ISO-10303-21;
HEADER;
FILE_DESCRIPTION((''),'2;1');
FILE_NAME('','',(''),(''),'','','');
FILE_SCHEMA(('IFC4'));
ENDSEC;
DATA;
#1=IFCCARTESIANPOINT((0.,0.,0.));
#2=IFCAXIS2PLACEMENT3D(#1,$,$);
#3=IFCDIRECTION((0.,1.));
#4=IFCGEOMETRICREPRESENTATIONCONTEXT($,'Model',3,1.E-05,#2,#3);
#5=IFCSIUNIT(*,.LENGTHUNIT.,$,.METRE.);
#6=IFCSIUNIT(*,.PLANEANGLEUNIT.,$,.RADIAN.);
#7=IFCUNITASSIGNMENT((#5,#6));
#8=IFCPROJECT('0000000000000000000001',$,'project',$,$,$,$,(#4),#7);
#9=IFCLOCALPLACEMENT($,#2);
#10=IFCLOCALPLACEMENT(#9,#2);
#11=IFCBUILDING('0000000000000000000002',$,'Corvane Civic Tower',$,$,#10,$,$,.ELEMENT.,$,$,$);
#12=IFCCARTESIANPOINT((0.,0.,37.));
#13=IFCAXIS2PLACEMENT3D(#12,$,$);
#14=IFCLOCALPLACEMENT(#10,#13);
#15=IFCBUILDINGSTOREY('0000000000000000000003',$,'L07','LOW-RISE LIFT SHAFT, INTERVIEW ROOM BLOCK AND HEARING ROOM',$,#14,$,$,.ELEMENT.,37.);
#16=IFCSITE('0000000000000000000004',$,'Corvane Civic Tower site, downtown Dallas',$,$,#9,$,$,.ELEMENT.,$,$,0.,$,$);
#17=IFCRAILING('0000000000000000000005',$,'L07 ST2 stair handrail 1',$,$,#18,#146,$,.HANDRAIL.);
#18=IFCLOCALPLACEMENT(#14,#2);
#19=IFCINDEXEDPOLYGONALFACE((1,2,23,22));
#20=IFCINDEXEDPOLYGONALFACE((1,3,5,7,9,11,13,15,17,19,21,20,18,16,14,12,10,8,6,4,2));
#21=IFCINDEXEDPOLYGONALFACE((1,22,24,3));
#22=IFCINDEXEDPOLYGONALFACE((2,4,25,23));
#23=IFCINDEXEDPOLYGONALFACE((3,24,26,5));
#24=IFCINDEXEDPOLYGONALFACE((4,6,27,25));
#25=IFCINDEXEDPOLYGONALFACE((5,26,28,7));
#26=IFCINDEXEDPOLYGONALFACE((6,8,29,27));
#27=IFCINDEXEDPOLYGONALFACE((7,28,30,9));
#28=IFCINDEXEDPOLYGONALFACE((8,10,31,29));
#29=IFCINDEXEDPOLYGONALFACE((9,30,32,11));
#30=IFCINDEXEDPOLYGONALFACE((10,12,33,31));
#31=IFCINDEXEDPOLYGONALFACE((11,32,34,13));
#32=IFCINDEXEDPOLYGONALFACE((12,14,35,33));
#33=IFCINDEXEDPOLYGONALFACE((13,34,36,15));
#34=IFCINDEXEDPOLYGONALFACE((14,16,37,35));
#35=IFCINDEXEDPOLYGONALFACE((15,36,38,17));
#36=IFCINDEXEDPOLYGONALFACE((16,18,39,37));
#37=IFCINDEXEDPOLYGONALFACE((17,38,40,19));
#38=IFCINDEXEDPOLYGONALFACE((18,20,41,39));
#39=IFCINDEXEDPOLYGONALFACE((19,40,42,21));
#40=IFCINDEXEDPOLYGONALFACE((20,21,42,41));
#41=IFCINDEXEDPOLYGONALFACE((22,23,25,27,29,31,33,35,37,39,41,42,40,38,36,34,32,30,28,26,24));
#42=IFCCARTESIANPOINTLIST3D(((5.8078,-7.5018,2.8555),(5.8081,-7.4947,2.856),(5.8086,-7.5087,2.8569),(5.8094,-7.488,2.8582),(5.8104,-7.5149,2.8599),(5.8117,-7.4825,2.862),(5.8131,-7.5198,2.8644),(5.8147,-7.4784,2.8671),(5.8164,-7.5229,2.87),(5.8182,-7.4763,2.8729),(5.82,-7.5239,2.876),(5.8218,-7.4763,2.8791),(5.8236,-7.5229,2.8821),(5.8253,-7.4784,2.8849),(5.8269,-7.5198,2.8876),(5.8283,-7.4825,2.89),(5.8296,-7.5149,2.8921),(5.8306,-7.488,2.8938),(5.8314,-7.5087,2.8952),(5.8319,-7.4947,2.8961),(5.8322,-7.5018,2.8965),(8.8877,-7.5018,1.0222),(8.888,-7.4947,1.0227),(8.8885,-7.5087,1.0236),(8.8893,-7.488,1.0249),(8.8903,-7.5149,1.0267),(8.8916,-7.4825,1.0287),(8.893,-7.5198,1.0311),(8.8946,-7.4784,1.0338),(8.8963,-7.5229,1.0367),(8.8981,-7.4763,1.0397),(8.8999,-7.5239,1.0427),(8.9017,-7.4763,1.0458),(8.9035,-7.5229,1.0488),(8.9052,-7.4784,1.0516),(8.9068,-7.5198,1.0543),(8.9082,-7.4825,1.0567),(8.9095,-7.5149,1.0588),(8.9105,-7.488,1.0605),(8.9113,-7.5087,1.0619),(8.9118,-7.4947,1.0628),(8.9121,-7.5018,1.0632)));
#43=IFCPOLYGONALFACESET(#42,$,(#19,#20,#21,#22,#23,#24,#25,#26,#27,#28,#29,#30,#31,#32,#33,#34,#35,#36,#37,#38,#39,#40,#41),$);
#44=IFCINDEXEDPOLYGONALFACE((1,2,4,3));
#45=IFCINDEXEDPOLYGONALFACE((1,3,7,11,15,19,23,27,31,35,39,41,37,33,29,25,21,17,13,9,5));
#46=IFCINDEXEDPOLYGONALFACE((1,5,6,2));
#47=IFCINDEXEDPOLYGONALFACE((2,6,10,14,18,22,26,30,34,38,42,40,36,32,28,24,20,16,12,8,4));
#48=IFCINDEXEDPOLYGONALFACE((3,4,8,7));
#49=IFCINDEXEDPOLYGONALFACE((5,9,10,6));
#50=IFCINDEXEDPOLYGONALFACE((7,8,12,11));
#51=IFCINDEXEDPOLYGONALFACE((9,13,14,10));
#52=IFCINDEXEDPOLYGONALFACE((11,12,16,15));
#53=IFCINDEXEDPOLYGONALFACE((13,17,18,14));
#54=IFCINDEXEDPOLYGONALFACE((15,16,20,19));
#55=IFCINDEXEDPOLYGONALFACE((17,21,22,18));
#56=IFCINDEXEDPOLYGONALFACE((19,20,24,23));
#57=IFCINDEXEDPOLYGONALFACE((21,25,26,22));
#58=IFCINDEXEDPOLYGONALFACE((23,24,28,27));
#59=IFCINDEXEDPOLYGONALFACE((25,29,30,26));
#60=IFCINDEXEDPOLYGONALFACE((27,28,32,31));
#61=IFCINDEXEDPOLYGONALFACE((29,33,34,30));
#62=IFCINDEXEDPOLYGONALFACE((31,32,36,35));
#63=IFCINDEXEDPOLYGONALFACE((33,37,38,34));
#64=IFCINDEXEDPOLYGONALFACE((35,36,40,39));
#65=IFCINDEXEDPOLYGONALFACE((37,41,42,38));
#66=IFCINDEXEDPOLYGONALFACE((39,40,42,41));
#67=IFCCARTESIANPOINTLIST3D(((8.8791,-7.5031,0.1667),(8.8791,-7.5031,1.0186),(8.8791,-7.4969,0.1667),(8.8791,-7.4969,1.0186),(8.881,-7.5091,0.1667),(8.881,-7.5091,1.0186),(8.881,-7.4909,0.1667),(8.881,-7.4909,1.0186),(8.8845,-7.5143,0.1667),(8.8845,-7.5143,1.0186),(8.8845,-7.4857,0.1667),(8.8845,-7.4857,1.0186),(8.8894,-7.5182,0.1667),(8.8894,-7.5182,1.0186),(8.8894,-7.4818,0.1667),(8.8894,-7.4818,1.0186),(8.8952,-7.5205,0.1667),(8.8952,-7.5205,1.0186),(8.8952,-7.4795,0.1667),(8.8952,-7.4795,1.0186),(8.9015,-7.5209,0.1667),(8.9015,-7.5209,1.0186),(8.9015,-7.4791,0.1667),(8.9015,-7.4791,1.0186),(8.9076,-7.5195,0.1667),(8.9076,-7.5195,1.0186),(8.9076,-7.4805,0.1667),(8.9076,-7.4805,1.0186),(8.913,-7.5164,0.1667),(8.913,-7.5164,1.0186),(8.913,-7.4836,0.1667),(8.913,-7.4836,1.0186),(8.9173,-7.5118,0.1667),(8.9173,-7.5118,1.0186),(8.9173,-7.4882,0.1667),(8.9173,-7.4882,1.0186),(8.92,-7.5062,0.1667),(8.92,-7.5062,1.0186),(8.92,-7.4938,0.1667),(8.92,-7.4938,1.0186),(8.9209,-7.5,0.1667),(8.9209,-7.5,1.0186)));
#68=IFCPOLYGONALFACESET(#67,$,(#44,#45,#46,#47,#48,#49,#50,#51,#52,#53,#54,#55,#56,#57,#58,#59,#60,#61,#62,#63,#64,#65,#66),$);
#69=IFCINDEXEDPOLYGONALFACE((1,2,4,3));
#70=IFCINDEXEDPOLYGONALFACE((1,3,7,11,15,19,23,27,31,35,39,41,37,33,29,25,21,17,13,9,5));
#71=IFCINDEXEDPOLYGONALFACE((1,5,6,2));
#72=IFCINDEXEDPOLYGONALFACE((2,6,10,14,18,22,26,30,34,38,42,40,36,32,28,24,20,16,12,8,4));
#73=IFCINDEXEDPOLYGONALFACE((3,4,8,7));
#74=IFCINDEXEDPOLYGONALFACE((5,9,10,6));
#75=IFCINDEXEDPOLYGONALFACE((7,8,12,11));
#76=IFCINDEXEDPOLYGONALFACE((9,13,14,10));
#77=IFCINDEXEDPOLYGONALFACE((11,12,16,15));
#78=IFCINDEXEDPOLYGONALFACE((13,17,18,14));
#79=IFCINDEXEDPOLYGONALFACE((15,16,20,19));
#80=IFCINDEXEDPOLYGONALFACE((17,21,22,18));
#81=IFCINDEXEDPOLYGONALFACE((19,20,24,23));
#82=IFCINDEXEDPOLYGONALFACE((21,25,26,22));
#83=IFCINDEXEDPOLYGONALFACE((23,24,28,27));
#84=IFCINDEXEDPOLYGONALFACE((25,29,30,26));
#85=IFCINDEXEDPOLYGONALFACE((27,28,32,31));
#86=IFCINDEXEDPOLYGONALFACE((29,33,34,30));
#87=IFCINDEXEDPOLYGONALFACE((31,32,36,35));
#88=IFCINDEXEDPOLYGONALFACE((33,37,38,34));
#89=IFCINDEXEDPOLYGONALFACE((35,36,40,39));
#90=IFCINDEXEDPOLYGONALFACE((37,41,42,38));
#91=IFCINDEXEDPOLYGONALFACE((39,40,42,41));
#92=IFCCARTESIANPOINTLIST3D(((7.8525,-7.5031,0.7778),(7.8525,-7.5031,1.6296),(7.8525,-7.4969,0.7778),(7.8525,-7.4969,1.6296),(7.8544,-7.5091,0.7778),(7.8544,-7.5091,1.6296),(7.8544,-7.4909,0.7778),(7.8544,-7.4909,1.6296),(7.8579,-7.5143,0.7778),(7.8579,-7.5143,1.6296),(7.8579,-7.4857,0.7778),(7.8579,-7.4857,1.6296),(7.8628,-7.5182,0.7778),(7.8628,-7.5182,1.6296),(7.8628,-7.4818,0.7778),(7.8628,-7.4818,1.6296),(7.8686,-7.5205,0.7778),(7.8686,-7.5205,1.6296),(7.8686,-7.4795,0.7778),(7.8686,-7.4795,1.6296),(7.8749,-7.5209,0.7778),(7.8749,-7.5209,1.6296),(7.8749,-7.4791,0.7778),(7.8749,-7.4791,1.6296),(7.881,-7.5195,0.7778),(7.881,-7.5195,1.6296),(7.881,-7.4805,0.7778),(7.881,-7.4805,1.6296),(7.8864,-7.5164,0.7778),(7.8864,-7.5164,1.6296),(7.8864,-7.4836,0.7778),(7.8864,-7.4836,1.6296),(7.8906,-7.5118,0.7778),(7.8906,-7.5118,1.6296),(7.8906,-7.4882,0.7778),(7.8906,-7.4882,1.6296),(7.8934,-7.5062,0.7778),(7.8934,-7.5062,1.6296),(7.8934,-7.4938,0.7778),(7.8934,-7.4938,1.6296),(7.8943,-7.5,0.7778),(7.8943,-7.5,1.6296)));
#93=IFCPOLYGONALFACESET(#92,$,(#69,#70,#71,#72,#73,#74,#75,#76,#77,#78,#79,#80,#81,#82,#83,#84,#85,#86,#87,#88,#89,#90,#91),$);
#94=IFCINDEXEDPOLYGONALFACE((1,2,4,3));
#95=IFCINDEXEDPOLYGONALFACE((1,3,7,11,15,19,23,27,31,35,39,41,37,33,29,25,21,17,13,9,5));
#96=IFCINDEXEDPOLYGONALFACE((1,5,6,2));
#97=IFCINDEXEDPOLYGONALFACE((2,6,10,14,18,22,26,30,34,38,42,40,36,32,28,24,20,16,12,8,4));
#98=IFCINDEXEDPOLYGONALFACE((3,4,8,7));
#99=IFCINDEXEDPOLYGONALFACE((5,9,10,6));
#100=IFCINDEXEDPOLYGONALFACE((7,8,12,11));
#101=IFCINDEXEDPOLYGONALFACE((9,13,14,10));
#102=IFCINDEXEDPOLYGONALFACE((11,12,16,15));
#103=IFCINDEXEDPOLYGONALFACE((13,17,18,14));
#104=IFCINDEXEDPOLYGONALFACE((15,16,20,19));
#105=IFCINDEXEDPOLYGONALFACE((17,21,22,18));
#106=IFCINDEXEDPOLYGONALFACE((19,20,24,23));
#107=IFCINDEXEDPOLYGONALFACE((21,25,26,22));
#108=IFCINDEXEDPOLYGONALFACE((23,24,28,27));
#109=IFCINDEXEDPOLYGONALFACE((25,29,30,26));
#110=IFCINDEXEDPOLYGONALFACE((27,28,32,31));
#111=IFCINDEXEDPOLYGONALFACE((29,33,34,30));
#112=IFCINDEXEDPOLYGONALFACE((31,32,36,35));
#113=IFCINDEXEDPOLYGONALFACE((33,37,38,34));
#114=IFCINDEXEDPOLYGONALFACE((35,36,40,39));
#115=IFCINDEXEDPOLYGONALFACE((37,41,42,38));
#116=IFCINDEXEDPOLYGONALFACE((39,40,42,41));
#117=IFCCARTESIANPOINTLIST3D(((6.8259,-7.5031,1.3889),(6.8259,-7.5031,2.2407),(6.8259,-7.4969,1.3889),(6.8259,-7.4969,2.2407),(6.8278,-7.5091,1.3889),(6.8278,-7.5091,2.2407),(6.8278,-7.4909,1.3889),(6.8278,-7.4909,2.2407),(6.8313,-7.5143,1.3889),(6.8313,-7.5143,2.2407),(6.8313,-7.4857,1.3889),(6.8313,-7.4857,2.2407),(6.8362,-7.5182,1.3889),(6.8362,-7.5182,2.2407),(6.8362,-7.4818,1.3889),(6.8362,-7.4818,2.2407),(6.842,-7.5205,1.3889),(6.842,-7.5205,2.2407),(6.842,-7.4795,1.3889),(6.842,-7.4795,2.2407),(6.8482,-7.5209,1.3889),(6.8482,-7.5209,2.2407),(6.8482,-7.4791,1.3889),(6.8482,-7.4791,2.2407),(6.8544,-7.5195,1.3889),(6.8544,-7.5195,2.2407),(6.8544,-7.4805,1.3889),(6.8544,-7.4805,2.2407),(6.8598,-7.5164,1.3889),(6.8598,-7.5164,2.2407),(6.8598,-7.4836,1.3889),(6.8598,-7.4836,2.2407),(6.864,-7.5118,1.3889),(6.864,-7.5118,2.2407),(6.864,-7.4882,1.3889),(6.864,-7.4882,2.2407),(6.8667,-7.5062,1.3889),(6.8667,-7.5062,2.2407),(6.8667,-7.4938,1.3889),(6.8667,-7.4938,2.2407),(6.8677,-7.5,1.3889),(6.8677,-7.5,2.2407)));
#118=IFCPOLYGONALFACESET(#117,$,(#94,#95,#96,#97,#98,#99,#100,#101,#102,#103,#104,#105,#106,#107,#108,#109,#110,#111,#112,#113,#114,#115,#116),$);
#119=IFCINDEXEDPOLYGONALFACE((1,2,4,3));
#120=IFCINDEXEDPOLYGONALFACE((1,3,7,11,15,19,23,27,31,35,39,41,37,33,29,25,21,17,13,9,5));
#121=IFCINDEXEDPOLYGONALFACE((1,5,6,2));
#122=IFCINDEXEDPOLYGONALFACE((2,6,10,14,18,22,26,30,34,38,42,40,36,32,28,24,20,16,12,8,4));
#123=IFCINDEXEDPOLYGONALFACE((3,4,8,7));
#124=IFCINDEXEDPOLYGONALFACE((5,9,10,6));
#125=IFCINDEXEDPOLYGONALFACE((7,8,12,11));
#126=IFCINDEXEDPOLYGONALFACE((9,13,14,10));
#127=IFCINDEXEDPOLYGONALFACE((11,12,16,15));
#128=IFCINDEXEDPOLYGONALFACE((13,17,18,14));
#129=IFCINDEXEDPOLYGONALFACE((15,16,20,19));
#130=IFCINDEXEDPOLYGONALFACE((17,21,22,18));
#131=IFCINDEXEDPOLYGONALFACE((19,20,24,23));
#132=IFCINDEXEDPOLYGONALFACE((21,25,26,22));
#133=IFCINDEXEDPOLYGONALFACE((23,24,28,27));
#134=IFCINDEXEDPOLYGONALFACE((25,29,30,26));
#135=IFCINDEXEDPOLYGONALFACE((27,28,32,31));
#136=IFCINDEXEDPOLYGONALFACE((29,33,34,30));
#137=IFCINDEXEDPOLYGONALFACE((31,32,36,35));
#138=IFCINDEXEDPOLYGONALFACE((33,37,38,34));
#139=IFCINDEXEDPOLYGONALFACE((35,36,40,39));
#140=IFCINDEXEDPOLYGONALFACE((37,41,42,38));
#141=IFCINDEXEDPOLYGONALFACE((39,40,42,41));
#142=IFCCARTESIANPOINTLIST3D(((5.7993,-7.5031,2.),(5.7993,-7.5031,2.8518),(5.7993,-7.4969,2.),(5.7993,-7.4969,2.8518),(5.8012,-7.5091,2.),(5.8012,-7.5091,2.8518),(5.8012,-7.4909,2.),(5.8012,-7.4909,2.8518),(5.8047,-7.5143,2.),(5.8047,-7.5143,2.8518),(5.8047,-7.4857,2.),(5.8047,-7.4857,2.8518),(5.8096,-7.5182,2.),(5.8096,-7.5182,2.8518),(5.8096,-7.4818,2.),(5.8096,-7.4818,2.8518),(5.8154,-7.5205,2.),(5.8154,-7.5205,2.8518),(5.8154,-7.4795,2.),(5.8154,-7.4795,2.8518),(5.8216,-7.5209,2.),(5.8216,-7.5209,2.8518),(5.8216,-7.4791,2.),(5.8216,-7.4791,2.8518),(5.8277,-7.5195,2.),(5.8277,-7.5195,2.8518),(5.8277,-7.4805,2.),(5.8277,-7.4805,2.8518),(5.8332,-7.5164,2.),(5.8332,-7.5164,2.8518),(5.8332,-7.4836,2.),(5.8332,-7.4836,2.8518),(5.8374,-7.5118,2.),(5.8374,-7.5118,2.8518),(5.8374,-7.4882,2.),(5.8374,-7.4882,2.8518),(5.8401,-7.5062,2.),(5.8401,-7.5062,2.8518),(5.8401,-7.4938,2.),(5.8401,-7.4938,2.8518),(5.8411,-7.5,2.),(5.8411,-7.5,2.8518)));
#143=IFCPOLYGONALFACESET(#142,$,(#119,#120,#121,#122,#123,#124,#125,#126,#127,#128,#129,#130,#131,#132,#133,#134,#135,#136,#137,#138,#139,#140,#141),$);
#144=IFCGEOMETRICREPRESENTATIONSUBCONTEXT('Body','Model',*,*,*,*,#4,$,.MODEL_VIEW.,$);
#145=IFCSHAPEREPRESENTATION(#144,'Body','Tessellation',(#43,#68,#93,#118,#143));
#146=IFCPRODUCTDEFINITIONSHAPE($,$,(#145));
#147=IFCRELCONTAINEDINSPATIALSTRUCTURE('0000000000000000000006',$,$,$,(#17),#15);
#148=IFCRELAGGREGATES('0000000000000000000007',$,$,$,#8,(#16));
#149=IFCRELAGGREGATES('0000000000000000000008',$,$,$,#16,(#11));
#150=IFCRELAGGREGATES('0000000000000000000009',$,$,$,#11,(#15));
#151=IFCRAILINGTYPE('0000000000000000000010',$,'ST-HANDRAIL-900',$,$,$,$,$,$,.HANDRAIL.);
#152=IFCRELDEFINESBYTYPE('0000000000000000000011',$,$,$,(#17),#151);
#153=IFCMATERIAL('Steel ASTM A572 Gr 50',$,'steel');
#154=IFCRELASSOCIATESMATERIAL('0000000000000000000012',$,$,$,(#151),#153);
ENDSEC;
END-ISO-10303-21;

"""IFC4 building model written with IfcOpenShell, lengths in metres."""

from ifc_helpers import new_model, si_unit, direction, frame, origin, origin_2d, place, context, subcontext, project, spatial, circle, extrude, material, type_object, element, save


model = new_model("IFC4")

# Units and contexts
model_context = context("Model", 3, precision=1e-05, world=origin(), true_north=direction((0.0, 1.0)))
body_context = subcontext(model_context, "Body", "Model", "MODEL_VIEW")
ifc_project = project(units=[si_unit("LENGTHUNIT", "METRE"), si_unit("PLANEANGLEUNIT", "RADIAN")], contexts=[model_context])

# Site, building, storey
site_placement = place(None, origin())
site = spatial("IfcSite", under=ifc_project, at=site_placement, Name="Corvane Civic Tower site, downtown Dallas", CompositionType="ELEMENT", RefElevation=0.0)
building_placement = place(site_placement, origin())
building = spatial("IfcBuilding", under=site, at=building_placement, Name="Corvane Civic Tower", CompositionType="ELEMENT")
storey_placement = place(building_placement, frame((0.0, 0.0, 37.0)))
storey = spatial("IfcBuildingStorey", under=building, at=storey_placement, Name="L07", Description="LOW-RISE LIFT SHAFT, INTERVIEW ROOM BLOCK AND HEARING ROOM", CompositionType="ELEMENT", Elevation=37.0)

# Railing
ifc_material_1 = material(Name="Steel ASTM A572 Gr 50", Category="steel")
railing_type_1 = type_object("IfcRailingType", Name="ST-HANDRAIL-900", PredefinedType="HANDRAIL", material=ifc_material_1)
railing_1_placement = place(storey_placement, frame((8.8999, -7.5, 0.1667)))
element("IfcRailing", 1, at=railing_1_placement, inside=storey, type_object=railing_type_1, Name="L07 ST2 stair handrail 1", PredefinedType="HANDRAIL", context=body_context, shape_type="SweptSolid", body=[
    extrude(circle(Radius=0.0239, at=origin_2d()), frame((0.0, 0.0, 0.876), z_axis=(-0.859291, 0.0, 0.511487), x_axis=(0.0, -1.0, 0.0)), (0.0, 0.0, 1.0), 3.5842),
    extrude(circle(Radius=0.021, at=origin_2d()), origin(), (0.0, 0.0, 1.0), 0.8518),
    extrude(circle(Radius=0.021, at=origin_2d()), frame((-1.0266, 0.0, 0.6111)), (0.0, 0.0, 1.0), 0.8518),
    extrude(circle(Radius=0.021, at=origin_2d()), frame((-2.0532, 0.0, 1.2222)), (0.0, 0.0, 1.0), 0.8518),
    extrude(circle(Radius=0.021, at=origin_2d()), frame((-3.0798, 0.0, 1.8333)), (0.0, 0.0, 1.0), 0.8518),
])

save(model, "model.ifc")
